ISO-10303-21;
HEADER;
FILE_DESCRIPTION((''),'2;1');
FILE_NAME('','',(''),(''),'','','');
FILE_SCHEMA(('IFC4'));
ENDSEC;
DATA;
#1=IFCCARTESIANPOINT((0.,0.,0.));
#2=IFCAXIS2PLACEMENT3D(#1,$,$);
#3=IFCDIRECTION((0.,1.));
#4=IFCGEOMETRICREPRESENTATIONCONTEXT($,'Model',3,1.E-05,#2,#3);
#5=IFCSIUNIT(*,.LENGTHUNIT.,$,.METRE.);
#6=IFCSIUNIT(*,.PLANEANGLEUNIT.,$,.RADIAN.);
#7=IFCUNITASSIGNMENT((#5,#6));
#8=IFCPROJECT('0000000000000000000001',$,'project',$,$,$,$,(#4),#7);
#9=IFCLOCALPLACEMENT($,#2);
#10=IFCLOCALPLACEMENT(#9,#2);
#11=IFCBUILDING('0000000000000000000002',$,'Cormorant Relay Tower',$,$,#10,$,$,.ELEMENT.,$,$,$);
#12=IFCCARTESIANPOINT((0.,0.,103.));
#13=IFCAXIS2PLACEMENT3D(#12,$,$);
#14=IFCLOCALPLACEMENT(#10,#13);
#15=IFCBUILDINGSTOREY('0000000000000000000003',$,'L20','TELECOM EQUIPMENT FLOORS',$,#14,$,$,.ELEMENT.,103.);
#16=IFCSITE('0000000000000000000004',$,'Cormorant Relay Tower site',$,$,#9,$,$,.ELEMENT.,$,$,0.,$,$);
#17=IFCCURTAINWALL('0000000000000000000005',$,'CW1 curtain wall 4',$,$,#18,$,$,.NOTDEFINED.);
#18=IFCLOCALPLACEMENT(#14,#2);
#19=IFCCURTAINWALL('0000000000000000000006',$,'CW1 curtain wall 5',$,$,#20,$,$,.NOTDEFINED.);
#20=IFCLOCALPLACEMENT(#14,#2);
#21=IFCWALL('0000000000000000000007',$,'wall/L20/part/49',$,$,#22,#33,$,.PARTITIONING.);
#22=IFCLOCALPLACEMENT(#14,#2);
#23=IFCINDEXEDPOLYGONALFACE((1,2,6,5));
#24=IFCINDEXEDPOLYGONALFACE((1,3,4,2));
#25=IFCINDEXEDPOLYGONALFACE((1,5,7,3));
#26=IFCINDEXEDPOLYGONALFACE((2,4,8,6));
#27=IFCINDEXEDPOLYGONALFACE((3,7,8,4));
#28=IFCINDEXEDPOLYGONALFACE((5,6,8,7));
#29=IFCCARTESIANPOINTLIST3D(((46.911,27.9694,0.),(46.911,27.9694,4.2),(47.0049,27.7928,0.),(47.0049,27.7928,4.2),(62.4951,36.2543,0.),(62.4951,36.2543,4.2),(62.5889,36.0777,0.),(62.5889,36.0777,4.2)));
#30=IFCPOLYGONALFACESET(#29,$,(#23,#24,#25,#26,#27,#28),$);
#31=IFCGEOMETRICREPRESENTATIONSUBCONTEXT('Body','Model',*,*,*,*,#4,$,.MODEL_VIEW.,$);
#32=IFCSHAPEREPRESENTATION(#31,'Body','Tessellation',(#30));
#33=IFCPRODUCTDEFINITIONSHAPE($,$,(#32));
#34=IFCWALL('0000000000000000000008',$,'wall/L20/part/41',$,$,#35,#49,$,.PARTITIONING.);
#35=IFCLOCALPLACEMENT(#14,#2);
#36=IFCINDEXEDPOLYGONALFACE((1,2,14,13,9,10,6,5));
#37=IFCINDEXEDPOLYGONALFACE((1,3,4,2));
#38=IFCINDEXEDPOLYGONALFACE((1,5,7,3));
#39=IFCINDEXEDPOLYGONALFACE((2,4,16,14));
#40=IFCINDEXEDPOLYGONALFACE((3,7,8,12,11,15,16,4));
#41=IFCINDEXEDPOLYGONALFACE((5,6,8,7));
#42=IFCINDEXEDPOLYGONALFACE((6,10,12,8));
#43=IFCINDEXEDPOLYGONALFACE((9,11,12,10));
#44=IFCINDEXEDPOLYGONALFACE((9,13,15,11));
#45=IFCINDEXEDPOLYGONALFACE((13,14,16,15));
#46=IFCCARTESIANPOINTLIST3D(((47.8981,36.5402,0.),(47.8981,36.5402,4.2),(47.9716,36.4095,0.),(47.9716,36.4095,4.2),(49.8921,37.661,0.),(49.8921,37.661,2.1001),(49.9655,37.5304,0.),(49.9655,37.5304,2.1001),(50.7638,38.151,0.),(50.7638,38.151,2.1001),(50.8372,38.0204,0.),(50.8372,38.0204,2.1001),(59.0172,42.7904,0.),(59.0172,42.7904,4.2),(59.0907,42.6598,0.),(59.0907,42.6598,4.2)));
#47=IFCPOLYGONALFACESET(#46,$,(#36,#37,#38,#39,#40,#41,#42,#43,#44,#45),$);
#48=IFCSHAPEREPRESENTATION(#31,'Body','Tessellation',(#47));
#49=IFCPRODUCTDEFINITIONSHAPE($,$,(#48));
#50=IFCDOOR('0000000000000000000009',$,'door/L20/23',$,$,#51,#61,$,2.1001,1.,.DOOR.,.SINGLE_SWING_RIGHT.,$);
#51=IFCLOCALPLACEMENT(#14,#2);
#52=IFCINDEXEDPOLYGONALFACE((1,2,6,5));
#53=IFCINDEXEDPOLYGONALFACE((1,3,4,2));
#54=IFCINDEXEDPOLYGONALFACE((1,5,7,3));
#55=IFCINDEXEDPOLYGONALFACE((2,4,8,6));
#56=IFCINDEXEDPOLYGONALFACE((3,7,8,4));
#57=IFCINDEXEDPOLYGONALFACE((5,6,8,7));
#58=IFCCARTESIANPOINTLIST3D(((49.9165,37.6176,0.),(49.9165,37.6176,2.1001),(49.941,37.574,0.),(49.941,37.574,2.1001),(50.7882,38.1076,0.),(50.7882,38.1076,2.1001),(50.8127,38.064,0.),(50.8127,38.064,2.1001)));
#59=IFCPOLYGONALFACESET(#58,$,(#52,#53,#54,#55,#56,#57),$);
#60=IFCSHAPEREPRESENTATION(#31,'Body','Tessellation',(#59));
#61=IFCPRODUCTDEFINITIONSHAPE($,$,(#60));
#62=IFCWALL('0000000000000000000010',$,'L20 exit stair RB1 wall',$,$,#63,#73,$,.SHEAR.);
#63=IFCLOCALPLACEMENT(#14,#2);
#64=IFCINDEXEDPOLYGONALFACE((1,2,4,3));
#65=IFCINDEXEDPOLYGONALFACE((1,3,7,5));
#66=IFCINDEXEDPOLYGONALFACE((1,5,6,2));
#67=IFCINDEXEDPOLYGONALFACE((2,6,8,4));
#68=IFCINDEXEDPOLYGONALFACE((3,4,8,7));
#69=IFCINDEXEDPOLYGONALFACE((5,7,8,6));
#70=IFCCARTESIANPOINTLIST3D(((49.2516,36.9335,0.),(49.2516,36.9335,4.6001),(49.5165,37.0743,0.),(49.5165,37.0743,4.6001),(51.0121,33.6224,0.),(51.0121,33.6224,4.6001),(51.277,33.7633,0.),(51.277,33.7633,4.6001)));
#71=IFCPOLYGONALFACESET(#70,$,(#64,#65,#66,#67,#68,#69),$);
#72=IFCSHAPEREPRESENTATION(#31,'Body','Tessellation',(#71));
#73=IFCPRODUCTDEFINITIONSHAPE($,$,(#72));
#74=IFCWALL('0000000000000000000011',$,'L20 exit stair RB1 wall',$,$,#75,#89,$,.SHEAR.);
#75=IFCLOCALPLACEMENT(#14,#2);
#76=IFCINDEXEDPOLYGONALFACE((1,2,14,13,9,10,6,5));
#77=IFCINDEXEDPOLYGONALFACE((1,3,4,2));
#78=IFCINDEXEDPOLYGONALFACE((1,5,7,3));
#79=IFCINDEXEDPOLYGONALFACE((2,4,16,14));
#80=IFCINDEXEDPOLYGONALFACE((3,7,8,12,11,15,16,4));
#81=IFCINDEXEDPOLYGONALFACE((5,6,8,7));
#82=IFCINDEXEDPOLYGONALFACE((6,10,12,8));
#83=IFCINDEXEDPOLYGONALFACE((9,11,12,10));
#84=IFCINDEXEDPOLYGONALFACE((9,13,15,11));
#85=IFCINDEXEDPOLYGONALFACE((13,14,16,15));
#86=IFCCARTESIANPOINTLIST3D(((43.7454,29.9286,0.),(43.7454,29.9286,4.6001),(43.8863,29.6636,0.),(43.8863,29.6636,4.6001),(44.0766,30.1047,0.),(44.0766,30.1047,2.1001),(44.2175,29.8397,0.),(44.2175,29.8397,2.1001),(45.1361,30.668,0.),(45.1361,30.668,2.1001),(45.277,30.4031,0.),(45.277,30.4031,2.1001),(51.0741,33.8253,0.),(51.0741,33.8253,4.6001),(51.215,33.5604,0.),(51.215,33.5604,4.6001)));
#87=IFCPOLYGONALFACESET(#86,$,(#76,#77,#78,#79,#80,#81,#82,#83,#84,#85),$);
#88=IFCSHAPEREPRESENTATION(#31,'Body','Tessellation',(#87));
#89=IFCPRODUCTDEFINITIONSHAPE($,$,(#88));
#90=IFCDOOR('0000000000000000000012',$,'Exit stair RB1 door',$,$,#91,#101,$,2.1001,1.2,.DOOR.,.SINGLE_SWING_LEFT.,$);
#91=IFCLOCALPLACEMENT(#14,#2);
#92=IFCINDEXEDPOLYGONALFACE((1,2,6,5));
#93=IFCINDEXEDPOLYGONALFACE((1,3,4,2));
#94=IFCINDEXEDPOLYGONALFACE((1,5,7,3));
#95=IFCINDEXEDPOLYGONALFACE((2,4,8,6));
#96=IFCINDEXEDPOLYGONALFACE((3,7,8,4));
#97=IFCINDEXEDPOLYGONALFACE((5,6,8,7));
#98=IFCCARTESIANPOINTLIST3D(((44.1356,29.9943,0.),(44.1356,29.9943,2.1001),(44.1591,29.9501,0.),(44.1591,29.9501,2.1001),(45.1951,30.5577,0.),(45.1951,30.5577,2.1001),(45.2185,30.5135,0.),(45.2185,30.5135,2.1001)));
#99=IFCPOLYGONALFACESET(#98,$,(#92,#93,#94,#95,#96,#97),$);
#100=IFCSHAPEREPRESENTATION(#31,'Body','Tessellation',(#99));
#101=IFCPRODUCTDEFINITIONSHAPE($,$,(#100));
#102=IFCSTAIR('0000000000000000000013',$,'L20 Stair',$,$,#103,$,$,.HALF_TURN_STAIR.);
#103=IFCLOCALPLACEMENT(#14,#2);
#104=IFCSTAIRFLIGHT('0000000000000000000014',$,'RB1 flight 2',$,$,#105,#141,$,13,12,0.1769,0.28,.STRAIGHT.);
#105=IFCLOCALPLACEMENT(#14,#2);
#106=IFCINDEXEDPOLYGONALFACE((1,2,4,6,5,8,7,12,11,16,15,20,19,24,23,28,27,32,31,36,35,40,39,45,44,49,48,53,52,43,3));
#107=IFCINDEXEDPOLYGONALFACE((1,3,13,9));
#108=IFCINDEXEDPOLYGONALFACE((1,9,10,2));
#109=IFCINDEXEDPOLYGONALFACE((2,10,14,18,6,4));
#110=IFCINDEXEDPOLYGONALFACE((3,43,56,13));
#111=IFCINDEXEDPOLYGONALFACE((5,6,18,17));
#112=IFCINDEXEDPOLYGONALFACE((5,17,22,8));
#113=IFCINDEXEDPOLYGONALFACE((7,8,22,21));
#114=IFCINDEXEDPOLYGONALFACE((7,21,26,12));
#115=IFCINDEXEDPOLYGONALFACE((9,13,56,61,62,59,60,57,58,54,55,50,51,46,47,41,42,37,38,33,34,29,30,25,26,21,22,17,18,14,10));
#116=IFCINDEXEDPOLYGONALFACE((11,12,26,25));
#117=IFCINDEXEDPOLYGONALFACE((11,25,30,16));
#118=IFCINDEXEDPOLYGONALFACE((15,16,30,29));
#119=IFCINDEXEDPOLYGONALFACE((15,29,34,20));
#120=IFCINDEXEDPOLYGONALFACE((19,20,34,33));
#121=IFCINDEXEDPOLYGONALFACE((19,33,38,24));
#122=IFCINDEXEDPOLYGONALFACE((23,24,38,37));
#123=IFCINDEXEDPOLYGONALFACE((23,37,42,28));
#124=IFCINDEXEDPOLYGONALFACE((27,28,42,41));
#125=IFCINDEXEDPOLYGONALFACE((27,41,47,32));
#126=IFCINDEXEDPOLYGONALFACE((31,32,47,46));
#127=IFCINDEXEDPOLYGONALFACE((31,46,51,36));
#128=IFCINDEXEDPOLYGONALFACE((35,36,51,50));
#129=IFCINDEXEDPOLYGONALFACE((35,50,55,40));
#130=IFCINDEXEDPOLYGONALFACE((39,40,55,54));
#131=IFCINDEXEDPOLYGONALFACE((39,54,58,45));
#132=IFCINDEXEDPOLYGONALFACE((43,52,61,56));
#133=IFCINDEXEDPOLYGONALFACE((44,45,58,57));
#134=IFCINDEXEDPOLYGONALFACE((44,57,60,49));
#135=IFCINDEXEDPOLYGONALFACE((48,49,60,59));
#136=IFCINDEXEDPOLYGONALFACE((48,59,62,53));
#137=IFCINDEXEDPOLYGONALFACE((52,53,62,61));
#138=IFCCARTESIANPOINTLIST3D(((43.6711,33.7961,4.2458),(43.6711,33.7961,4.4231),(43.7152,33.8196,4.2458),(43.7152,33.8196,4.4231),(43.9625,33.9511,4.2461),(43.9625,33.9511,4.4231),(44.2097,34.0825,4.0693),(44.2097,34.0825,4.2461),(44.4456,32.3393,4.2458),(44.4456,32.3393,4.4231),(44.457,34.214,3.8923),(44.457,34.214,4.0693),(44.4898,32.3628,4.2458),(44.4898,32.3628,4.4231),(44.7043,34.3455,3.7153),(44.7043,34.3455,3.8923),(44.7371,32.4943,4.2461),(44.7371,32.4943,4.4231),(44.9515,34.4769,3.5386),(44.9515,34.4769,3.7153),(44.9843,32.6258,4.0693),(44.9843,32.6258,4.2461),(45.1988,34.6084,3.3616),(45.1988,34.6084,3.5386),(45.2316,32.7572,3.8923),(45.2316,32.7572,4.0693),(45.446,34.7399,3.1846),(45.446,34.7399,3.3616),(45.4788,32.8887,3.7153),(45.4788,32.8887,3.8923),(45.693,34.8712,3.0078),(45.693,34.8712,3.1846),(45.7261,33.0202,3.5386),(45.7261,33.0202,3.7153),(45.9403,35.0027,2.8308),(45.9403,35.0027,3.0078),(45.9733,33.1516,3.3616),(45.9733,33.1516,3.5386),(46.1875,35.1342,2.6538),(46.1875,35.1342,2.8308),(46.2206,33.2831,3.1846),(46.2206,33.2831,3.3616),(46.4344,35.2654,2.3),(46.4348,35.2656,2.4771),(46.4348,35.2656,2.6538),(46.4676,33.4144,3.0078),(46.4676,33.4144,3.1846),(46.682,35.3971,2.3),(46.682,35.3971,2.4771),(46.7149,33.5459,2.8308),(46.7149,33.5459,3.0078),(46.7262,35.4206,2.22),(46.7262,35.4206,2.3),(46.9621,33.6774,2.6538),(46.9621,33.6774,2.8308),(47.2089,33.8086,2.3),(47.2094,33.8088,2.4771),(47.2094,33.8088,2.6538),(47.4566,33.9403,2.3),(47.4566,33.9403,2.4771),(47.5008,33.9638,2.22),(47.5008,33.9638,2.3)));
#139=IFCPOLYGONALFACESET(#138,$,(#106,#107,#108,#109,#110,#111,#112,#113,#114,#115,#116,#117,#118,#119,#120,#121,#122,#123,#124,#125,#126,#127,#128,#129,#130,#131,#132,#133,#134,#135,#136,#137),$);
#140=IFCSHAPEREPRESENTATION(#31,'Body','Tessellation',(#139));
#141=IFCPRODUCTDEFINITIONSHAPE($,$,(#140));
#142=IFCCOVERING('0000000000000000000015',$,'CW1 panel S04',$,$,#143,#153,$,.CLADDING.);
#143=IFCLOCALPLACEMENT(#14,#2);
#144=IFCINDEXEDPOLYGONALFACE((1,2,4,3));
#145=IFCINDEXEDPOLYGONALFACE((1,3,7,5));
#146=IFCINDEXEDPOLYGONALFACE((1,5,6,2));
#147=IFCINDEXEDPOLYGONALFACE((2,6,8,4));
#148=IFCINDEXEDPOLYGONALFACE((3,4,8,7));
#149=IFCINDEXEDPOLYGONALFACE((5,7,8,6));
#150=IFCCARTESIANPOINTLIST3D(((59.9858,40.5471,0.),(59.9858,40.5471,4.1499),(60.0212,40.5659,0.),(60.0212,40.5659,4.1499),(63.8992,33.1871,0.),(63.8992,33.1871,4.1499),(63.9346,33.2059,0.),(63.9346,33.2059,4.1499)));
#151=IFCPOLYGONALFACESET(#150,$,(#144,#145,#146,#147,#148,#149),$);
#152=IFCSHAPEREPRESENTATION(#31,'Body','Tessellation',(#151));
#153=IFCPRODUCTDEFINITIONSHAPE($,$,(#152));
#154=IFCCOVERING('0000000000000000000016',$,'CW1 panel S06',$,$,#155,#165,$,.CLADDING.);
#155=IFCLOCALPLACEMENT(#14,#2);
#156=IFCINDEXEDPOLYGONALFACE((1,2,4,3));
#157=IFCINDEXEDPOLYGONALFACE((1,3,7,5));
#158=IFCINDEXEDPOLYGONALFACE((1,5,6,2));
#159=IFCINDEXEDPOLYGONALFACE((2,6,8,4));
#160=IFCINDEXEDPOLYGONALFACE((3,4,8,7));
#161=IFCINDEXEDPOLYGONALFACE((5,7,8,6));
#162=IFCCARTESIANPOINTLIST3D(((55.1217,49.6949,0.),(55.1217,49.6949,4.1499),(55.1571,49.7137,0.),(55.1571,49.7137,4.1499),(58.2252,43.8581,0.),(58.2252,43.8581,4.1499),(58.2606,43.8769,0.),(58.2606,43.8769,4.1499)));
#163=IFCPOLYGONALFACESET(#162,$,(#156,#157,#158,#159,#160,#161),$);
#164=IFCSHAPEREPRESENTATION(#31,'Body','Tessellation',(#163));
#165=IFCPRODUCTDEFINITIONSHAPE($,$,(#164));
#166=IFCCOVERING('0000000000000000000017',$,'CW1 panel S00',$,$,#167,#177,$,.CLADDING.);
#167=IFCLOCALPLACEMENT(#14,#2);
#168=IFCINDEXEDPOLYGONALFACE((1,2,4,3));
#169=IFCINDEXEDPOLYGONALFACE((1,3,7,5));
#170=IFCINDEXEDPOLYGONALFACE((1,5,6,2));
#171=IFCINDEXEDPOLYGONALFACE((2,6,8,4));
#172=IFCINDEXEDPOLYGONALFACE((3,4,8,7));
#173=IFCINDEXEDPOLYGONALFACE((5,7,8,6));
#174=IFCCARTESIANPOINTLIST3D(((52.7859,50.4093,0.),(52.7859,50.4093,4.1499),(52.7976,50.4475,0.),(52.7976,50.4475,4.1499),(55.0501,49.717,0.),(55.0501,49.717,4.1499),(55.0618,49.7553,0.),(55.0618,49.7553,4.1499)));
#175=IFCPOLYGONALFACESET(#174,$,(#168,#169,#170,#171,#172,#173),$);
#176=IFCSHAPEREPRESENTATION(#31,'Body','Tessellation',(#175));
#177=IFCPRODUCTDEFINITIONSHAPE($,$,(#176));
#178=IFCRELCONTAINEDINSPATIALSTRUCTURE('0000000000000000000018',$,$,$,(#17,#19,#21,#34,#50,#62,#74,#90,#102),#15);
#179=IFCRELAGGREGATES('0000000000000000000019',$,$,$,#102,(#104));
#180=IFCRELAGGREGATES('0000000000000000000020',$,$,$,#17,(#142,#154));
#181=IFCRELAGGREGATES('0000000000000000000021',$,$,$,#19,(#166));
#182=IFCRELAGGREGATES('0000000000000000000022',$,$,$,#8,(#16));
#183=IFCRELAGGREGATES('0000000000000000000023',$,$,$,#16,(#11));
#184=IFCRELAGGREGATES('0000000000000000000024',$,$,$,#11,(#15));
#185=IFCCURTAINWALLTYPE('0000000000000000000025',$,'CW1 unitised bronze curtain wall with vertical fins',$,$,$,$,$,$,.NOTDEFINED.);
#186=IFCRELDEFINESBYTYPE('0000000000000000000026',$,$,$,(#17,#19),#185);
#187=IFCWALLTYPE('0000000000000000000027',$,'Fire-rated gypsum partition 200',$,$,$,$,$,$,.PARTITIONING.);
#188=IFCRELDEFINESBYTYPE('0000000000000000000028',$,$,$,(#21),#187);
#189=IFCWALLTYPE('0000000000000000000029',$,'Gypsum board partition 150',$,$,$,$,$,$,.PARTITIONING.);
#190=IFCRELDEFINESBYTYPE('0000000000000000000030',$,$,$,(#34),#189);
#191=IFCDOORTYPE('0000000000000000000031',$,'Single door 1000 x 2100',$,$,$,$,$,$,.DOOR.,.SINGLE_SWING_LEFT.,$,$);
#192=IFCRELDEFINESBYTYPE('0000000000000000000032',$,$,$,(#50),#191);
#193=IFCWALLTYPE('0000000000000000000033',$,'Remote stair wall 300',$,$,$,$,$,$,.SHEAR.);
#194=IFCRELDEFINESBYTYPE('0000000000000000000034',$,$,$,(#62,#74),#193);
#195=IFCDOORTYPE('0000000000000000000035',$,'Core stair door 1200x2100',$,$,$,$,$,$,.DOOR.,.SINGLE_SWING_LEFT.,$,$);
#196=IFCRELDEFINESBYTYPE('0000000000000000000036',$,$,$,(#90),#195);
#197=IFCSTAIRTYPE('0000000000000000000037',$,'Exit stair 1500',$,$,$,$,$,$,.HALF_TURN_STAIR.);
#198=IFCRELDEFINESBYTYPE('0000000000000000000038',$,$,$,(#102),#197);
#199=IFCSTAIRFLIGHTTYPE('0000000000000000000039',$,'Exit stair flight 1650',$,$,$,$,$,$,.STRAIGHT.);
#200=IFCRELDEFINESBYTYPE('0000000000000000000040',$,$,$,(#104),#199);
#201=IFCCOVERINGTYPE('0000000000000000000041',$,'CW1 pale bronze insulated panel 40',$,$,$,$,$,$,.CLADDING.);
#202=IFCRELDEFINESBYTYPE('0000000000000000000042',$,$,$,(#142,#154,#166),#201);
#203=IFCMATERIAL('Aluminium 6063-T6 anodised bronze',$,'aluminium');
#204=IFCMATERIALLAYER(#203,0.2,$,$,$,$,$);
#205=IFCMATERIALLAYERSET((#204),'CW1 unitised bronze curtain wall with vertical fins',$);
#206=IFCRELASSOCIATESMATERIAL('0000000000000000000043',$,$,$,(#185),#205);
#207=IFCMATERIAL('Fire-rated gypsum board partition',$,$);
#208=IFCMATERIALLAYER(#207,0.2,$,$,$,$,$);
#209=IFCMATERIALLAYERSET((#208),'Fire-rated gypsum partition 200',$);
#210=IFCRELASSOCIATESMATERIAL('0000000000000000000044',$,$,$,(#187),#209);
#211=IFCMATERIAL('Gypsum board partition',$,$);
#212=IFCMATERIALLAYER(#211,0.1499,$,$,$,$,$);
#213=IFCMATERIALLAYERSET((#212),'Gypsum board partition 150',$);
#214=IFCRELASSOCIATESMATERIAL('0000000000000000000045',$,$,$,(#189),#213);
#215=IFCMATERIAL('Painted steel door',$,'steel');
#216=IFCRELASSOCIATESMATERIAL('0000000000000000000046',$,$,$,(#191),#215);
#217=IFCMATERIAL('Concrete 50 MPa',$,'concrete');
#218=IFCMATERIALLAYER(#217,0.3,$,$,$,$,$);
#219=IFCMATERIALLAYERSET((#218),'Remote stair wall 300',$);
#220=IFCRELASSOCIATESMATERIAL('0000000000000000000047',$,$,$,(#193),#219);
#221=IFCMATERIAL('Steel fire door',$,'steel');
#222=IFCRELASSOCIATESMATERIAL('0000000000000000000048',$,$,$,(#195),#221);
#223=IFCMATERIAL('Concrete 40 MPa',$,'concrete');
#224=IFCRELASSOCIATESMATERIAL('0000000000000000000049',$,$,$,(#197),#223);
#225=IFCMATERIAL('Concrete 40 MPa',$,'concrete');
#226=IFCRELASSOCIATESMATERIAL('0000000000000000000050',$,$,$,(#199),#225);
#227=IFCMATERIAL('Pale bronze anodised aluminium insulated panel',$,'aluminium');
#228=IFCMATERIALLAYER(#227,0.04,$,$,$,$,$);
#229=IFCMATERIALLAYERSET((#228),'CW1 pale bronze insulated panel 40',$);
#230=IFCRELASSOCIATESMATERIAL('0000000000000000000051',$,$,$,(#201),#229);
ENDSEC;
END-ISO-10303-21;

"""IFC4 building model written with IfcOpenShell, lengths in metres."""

from ifc_helpers import new_model, si_unit, direction, frame, frame_2d, origin, origin_2d, place, context, subcontext, project, spatial, polyline, rectangle, outline, extrude, material, layer, layer_set, type_object, element, fill, aggregate, save


model = new_model("IFC4")

# Units and contexts
model_context = context("Model", 3, precision=1e-05, world=origin(), true_north=direction((0.0, 1.0)))
body_context = subcontext(model_context, "Body", "Model", "MODEL_VIEW")
ifc_project = project(units=[si_unit("LENGTHUNIT", "METRE"), si_unit("PLANEANGLEUNIT", "RADIAN")], contexts=[model_context])

# Site, building, storey
site_placement = place(None, origin())
site = spatial("IfcSite", under=ifc_project, at=site_placement, Name="Cormorant Relay Tower site", CompositionType="ELEMENT", RefElevation=0.0)
building_placement = place(site_placement, origin())
building = spatial("IfcBuilding", under=site, at=building_placement, Name="Cormorant Relay Tower", CompositionType="ELEMENT")
storey_placement = place(building_placement, frame((0.0, 0.0, 103.0)))
storey = spatial("IfcBuildingStorey", under=building, at=storey_placement, Name="L20", Description="TELECOM EQUIPMENT FLOORS", CompositionType="ELEMENT", Elevation=103.0)

# Curtain wall
ifc_material_1 = material(Name="Aluminium 6063-T6 anodised bronze", Category="aluminium")
ifc_layer_1 = layer(ifc_material_1, 0.2)
ifc_layer_set_1 = layer_set([ifc_layer_1], Name="CW1 unitised bronze curtain wall with vertical fins")
curtain_wall_type = type_object("IfcCurtainWallType", Name="CW1 unitised bronze curtain wall with vertical fins", PredefinedType="NOTDEFINED", material=ifc_layer_set_1)
curtain_wall_1_placement = place(storey_placement, origin())
curtain_wall_1 = element("IfcCurtainWall", 1, at=curtain_wall_1_placement, inside=storey, type_object=curtain_wall_type, Name="CW1 curtain wall 4", PredefinedType="NOTDEFINED")

# Curtain wall
curtain_wall_2_placement = place(storey_placement, origin())
curtain_wall_2 = element("IfcCurtainWall", 2, at=curtain_wall_2_placement, inside=storey, type_object=curtain_wall_type, Name="CW1 curtain wall 5", PredefinedType="NOTDEFINED")

# Wall
ifc_material_2 = material(Name="Fire-rated gypsum board partition")
ifc_layer_2 = layer(ifc_material_2, 0.2)
ifc_layer_set_2 = layer_set([ifc_layer_2], Name="Fire-rated gypsum partition 200")
wall_type_1 = type_object("IfcWallType", Name="Fire-rated gypsum partition 200", PredefinedType="PARTITIONING", material=ifc_layer_set_2)
wall_1_placement = place(storey_placement, frame((62.542, 36.166, 0.0), z_axis=(0.0, 0.0, 1.0), x_axis=(-0.882977, -0.469417, 0.0)))
element("IfcWall", 3, at=wall_1_placement, inside=storey, type_object=wall_type_1, Name="wall/L20/part/49", PredefinedType="PARTITIONING", context=body_context, shape_type="SweptSolid", body=[
    extrude(rectangle(XDim=17.6494, YDim=0.2, at=frame_2d((8.8247, 0.0))), origin(), (0.0, 0.0, 1.0), 4.2),
])

# Wall, opening, door
ifc_material_3 = material(Name="Gypsum board partition")
ifc_layer_3 = layer(ifc_material_3, 0.1499)
ifc_layer_set_3 = layer_set([ifc_layer_3], Name="Gypsum board partition 150")
wall_type_2 = type_object("IfcWallType", Name="Gypsum board partition 150", PredefinedType="PARTITIONING", material=ifc_layer_set_3)
wall_2_placement = place(storey_placement, frame((59.054, 42.7251, 0.0), z_axis=(0.0, 0.0, 1.0), x_axis=(-0.871719, -0.490007, 0.0)))
wall_2 = element("IfcWall", 4, at=wall_2_placement, inside=storey, type_object=wall_type_2, Name="wall/L20/part/41", PredefinedType="PARTITIONING", context=body_context, shape_type="SweptSolid", body=[
    extrude(rectangle(XDim=12.7554, YDim=0.1499, at=frame_2d((6.3777, 0.0))), origin(), (0.0, 0.0, 1.0), 4.2),
])
opening_1_placement = place(wall_2_placement, frame((9.468, 0.0, 0.0)))
opening_1 = element("IfcOpeningElement", 5, at=opening_1_placement, cuts=wall_2, PredefinedType="OPENING", context=body_context, shape_type="SweptSolid", body=[
    extrude(rectangle(XDim=1.0, YDim=2.1001, at=frame_2d((0.5, 1.05))), frame((0.0, 0.085, 0.0), z_axis=(0.0, -1.0, 0.0), x_axis=(1.0, 0.0, 0.0)), (0.0, 0.0, 1.0), 0.1699),
])
ifc_material_4 = material(Name="Painted steel door", Category="steel")
door_type_1 = type_object("IfcDoorType", Name="Single door 1000 x 2100", OperationType="SINGLE_SWING_LEFT", PredefinedType="DOOR", material=ifc_material_4)
door_1_placement = place(opening_1_placement, origin())
door_1 = element("IfcDoor", 6, at=door_1_placement, inside=storey, type_object=door_type_1, Name="door/L20/23", OperationType="SINGLE_SWING_RIGHT", OverallHeight=2.1001, OverallWidth=1.0, PredefinedType="DOOR", context=body_context, shape_type="SweptSolid", body=[
    extrude(rectangle(XDim=1.0, YDim=2.1001, at=frame_2d((0.5, 1.05))), frame((0.0, 0.0249, 0.0), z_axis=(0.0, -1.0, 0.0), x_axis=(1.0, 0.0, 0.0)), (0.0, 0.0, 1.0), 0.05),
])
fill(opening_1, door_1)

# Wall
ifc_material_5 = material(Name="Concrete 50 MPa", Category="concrete")
ifc_layer_4 = layer(ifc_material_5, 0.3)
ifc_layer_set_4 = layer_set([ifc_layer_4], Name="Remote stair wall 300")
wall_type_3 = type_object("IfcWallType", Name="Remote stair wall 300", PredefinedType="SHEAR", material=ifc_layer_set_4)
wall_3_placement = place(storey_placement, frame((49.384, 37.0039, 0.0), z_axis=(0.0, 0.0, 1.0), x_axis=(0.469469, -0.882949, 0.0)))
element("IfcWall", 7, at=wall_3_placement, inside=storey, type_object=wall_type_3, Name="L20 exit stair RB1 wall", PredefinedType="SHEAR", context=body_context, shape_type="SweptSolid", body=[
    extrude(rectangle(XDim=3.75, YDim=0.3, at=frame_2d((1.875, 0.0))), origin(), (0.0, 0.0, 1.0), 4.6001),
])

# Wall, opening, door
wall_4_placement = place(storey_placement, frame((51.1445, 33.6929, 0.0), z_axis=(0.0, 0.0, 1.0), x_axis=(-0.882946, -0.469475, 0.0)))
wall_4 = element("IfcWall", 8, at=wall_4_placement, inside=storey, type_object=wall_type_3, Name="L20 exit stair RB1 wall", PredefinedType="SHEAR", context=body_context, shape_type="SweptSolid", body=[
    extrude(rectangle(XDim=8.3003, YDim=0.3, at=frame_2d((4.1501, 0.0))), origin(), (0.0, 0.0, 1.0), 4.6001),
])
opening_2_placement = place(wall_4_placement, frame((6.7251, 0.0, 0.0)))
opening_2 = element("IfcOpeningElement", 9, at=opening_2_placement, cuts=wall_4, PredefinedType="OPENING", context=body_context, shape_type="SweptSolid", body=[
    extrude(rectangle(XDim=1.2, YDim=2.1001, at=frame_2d((0.6001, 1.05))), frame((0.0, 0.1599, 0.0), z_axis=(0.0, -1.0, 0.0), x_axis=(1.0, 0.0, 0.0)), (0.0, 0.0, 1.0), 0.3201),
])
ifc_material_6 = material(Name="Steel fire door", Category="steel")
door_type_2 = type_object("IfcDoorType", Name="Core stair door 1200x2100", OperationType="SINGLE_SWING_LEFT", PredefinedType="DOOR", material=ifc_material_6)
door_2_placement = place(opening_2_placement, frame((1.2, 0.0, 0.0), z_axis=(0.0, 0.0, 1.0), x_axis=(-1.0, 0.0, 0.0)))
door_2 = element("IfcDoor", 10, at=door_2_placement, inside=storey, type_object=door_type_2, Name="Exit stair RB1 door", OperationType="SINGLE_SWING_LEFT", OverallHeight=2.1001, OverallWidth=1.2, PredefinedType="DOOR", context=body_context, shape_type="SweptSolid", body=[
    extrude(rectangle(XDim=1.2, YDim=2.1001, at=frame_2d((0.6001, 1.05))), frame((0.0, 0.0249, 0.0), z_axis=(0.0, -1.0, 0.0), x_axis=(1.0, 0.0, 0.0)), (0.0, 0.0, 1.0), 0.05),
])
fill(opening_2, door_2)

# Stair, stair flight
ifc_material_7 = material(Name="Concrete 40 MPa", Category="concrete")
stair_type = type_object("IfcStairType", Name="Exit stair 1500", PredefinedType="HALF_TURN_STAIR", material=ifc_material_7)
stair_placement = place(storey_placement, origin())
stair = element("IfcStair", 11, at=stair_placement, inside=storey, type_object=stair_type, Name="L20 Stair", PredefinedType="HALF_TURN_STAIR")
ifc_material_8 = material(Name="Concrete 40 MPa", Category="concrete")
stair_flight_type = type_object("IfcStairFlightType", Name="Exit stair flight 1650", PredefinedType="STRAIGHT", material=ifc_material_8)
stair_flight_placement = place(storey_placement, frame((47.0693, 34.6687, 2.3), z_axis=(0.0, 0.0, 1.0), x_axis=(-0.882948, -0.469472, 0.0)))
stair_flight = element("IfcStairFlight", 12, at=stair_flight_placement, type_object=stair_flight_type, Name="RB1 flight 2", NumberOfRisers=13, NumberOfTreads=12, PredefinedType="STRAIGHT", RiserHeight=0.1769, TreadLength=0.28, context=body_context, shape_type="SweptSolid", body=[
    extrude(outline(polyline([(-0.05, -0.0801), (-0.05, 0.0), (0.0, 0.0), (0.0, 0.177), (0.28, 0.177), (0.28, 0.3538), (0.5601, 0.3538), (0.5601, 0.5308), (0.8401, 0.5308), (0.8401, 0.7078), (1.1201, 0.7078), (1.1201, 0.8845), (1.3999, 0.8845), (1.3999, 1.0615), (1.6799, 1.0615), (1.6799, 1.2385), (1.96, 1.2385), (1.96, 1.4153), (2.24, 1.4153), (2.24, 1.5923), (2.52, 1.5923), (2.52, 1.7693), (2.8, 1.7693), (2.8, 1.946), (3.0801, 1.946), (3.0801, 2.123), (3.3601, 2.123), (3.4102, 2.123), (3.4102, 1.9458), (3.3601, 1.9458), (0.2805, 0.0), (-0.05, -0.0801)])), frame((0.0, 0.825, 0.0), z_axis=(0.0, -1.0, 0.0), x_axis=(1.0, 0.0, 0.0)), (0.0, 0.0, 1.0), 1.6499),
])
aggregate(stair, [stair_flight])

# Coverings
ifc_material_9 = material(Name="Pale bronze anodised aluminium insulated panel", Category="aluminium")
ifc_layer_5 = layer(ifc_material_9, 0.04)
ifc_layer_set_5 = layer_set([ifc_layer_5], Name="CW1 pale bronze insulated panel 40")
covering_type = type_object("IfcCoveringType", Name="CW1 pale bronze insulated panel 40", PredefinedType="CLADDING", material=ifc_layer_set_5)
covering_1_placement = place(storey_placement, frame((61.9602, 36.8765, 0.0), z_axis=(0.0, 0.0, 1.0), x_axis=(-0.469472, 0.882948, 0.0)))
covering_1 = element("IfcCovering", 13, at=covering_1_placement, type_object=covering_type, Name="CW1 panel S04", PredefinedType="CLADDING", context=body_context, shape_type="SweptSolid", body=[
    extrude(rectangle(XDim=8.3357, YDim=0.04, at=origin_2d()), origin(), (0.0, 0.0, 1.0), 4.1499),
])
covering_2_placement = place(storey_placement, frame((56.6912, 46.7859, 0.0), z_axis=(0.0, 0.0, 1.0), x_axis=(-0.469472, 0.882948, 0.0)))
covering_2 = element("IfcCovering", 14, at=covering_2_placement, type_object=covering_type, Name="CW1 panel S06", PredefinedType="CLADDING", context=body_context, shape_type="SweptSolid", body=[
    extrude(rectangle(XDim=6.6106, YDim=0.04, at=origin_2d()), origin(), (0.0, 0.0, 1.0), 4.1499),
])
aggregate(curtain_wall_1, [covering_1, covering_2])
covering_3_placement = place(storey_placement, frame((53.9238, 50.0823, 0.0), z_axis=(0.0, 0.0, 1.0), x_axis=(-0.956305, 0.292372, 0.0)))
covering_3 = element("IfcCovering", 15, at=covering_3_placement, type_object=covering_type, Name="CW1 panel S00", PredefinedType="CLADDING", context=body_context, shape_type="SweptSolid", body=[
    extrude(rectangle(XDim=2.3677, YDim=0.04, at=origin_2d()), origin(), (0.0, 0.0, 1.0), 4.1499),
])
aggregate(curtain_wall_2, [covering_3])

save(model, "model.ifc")
